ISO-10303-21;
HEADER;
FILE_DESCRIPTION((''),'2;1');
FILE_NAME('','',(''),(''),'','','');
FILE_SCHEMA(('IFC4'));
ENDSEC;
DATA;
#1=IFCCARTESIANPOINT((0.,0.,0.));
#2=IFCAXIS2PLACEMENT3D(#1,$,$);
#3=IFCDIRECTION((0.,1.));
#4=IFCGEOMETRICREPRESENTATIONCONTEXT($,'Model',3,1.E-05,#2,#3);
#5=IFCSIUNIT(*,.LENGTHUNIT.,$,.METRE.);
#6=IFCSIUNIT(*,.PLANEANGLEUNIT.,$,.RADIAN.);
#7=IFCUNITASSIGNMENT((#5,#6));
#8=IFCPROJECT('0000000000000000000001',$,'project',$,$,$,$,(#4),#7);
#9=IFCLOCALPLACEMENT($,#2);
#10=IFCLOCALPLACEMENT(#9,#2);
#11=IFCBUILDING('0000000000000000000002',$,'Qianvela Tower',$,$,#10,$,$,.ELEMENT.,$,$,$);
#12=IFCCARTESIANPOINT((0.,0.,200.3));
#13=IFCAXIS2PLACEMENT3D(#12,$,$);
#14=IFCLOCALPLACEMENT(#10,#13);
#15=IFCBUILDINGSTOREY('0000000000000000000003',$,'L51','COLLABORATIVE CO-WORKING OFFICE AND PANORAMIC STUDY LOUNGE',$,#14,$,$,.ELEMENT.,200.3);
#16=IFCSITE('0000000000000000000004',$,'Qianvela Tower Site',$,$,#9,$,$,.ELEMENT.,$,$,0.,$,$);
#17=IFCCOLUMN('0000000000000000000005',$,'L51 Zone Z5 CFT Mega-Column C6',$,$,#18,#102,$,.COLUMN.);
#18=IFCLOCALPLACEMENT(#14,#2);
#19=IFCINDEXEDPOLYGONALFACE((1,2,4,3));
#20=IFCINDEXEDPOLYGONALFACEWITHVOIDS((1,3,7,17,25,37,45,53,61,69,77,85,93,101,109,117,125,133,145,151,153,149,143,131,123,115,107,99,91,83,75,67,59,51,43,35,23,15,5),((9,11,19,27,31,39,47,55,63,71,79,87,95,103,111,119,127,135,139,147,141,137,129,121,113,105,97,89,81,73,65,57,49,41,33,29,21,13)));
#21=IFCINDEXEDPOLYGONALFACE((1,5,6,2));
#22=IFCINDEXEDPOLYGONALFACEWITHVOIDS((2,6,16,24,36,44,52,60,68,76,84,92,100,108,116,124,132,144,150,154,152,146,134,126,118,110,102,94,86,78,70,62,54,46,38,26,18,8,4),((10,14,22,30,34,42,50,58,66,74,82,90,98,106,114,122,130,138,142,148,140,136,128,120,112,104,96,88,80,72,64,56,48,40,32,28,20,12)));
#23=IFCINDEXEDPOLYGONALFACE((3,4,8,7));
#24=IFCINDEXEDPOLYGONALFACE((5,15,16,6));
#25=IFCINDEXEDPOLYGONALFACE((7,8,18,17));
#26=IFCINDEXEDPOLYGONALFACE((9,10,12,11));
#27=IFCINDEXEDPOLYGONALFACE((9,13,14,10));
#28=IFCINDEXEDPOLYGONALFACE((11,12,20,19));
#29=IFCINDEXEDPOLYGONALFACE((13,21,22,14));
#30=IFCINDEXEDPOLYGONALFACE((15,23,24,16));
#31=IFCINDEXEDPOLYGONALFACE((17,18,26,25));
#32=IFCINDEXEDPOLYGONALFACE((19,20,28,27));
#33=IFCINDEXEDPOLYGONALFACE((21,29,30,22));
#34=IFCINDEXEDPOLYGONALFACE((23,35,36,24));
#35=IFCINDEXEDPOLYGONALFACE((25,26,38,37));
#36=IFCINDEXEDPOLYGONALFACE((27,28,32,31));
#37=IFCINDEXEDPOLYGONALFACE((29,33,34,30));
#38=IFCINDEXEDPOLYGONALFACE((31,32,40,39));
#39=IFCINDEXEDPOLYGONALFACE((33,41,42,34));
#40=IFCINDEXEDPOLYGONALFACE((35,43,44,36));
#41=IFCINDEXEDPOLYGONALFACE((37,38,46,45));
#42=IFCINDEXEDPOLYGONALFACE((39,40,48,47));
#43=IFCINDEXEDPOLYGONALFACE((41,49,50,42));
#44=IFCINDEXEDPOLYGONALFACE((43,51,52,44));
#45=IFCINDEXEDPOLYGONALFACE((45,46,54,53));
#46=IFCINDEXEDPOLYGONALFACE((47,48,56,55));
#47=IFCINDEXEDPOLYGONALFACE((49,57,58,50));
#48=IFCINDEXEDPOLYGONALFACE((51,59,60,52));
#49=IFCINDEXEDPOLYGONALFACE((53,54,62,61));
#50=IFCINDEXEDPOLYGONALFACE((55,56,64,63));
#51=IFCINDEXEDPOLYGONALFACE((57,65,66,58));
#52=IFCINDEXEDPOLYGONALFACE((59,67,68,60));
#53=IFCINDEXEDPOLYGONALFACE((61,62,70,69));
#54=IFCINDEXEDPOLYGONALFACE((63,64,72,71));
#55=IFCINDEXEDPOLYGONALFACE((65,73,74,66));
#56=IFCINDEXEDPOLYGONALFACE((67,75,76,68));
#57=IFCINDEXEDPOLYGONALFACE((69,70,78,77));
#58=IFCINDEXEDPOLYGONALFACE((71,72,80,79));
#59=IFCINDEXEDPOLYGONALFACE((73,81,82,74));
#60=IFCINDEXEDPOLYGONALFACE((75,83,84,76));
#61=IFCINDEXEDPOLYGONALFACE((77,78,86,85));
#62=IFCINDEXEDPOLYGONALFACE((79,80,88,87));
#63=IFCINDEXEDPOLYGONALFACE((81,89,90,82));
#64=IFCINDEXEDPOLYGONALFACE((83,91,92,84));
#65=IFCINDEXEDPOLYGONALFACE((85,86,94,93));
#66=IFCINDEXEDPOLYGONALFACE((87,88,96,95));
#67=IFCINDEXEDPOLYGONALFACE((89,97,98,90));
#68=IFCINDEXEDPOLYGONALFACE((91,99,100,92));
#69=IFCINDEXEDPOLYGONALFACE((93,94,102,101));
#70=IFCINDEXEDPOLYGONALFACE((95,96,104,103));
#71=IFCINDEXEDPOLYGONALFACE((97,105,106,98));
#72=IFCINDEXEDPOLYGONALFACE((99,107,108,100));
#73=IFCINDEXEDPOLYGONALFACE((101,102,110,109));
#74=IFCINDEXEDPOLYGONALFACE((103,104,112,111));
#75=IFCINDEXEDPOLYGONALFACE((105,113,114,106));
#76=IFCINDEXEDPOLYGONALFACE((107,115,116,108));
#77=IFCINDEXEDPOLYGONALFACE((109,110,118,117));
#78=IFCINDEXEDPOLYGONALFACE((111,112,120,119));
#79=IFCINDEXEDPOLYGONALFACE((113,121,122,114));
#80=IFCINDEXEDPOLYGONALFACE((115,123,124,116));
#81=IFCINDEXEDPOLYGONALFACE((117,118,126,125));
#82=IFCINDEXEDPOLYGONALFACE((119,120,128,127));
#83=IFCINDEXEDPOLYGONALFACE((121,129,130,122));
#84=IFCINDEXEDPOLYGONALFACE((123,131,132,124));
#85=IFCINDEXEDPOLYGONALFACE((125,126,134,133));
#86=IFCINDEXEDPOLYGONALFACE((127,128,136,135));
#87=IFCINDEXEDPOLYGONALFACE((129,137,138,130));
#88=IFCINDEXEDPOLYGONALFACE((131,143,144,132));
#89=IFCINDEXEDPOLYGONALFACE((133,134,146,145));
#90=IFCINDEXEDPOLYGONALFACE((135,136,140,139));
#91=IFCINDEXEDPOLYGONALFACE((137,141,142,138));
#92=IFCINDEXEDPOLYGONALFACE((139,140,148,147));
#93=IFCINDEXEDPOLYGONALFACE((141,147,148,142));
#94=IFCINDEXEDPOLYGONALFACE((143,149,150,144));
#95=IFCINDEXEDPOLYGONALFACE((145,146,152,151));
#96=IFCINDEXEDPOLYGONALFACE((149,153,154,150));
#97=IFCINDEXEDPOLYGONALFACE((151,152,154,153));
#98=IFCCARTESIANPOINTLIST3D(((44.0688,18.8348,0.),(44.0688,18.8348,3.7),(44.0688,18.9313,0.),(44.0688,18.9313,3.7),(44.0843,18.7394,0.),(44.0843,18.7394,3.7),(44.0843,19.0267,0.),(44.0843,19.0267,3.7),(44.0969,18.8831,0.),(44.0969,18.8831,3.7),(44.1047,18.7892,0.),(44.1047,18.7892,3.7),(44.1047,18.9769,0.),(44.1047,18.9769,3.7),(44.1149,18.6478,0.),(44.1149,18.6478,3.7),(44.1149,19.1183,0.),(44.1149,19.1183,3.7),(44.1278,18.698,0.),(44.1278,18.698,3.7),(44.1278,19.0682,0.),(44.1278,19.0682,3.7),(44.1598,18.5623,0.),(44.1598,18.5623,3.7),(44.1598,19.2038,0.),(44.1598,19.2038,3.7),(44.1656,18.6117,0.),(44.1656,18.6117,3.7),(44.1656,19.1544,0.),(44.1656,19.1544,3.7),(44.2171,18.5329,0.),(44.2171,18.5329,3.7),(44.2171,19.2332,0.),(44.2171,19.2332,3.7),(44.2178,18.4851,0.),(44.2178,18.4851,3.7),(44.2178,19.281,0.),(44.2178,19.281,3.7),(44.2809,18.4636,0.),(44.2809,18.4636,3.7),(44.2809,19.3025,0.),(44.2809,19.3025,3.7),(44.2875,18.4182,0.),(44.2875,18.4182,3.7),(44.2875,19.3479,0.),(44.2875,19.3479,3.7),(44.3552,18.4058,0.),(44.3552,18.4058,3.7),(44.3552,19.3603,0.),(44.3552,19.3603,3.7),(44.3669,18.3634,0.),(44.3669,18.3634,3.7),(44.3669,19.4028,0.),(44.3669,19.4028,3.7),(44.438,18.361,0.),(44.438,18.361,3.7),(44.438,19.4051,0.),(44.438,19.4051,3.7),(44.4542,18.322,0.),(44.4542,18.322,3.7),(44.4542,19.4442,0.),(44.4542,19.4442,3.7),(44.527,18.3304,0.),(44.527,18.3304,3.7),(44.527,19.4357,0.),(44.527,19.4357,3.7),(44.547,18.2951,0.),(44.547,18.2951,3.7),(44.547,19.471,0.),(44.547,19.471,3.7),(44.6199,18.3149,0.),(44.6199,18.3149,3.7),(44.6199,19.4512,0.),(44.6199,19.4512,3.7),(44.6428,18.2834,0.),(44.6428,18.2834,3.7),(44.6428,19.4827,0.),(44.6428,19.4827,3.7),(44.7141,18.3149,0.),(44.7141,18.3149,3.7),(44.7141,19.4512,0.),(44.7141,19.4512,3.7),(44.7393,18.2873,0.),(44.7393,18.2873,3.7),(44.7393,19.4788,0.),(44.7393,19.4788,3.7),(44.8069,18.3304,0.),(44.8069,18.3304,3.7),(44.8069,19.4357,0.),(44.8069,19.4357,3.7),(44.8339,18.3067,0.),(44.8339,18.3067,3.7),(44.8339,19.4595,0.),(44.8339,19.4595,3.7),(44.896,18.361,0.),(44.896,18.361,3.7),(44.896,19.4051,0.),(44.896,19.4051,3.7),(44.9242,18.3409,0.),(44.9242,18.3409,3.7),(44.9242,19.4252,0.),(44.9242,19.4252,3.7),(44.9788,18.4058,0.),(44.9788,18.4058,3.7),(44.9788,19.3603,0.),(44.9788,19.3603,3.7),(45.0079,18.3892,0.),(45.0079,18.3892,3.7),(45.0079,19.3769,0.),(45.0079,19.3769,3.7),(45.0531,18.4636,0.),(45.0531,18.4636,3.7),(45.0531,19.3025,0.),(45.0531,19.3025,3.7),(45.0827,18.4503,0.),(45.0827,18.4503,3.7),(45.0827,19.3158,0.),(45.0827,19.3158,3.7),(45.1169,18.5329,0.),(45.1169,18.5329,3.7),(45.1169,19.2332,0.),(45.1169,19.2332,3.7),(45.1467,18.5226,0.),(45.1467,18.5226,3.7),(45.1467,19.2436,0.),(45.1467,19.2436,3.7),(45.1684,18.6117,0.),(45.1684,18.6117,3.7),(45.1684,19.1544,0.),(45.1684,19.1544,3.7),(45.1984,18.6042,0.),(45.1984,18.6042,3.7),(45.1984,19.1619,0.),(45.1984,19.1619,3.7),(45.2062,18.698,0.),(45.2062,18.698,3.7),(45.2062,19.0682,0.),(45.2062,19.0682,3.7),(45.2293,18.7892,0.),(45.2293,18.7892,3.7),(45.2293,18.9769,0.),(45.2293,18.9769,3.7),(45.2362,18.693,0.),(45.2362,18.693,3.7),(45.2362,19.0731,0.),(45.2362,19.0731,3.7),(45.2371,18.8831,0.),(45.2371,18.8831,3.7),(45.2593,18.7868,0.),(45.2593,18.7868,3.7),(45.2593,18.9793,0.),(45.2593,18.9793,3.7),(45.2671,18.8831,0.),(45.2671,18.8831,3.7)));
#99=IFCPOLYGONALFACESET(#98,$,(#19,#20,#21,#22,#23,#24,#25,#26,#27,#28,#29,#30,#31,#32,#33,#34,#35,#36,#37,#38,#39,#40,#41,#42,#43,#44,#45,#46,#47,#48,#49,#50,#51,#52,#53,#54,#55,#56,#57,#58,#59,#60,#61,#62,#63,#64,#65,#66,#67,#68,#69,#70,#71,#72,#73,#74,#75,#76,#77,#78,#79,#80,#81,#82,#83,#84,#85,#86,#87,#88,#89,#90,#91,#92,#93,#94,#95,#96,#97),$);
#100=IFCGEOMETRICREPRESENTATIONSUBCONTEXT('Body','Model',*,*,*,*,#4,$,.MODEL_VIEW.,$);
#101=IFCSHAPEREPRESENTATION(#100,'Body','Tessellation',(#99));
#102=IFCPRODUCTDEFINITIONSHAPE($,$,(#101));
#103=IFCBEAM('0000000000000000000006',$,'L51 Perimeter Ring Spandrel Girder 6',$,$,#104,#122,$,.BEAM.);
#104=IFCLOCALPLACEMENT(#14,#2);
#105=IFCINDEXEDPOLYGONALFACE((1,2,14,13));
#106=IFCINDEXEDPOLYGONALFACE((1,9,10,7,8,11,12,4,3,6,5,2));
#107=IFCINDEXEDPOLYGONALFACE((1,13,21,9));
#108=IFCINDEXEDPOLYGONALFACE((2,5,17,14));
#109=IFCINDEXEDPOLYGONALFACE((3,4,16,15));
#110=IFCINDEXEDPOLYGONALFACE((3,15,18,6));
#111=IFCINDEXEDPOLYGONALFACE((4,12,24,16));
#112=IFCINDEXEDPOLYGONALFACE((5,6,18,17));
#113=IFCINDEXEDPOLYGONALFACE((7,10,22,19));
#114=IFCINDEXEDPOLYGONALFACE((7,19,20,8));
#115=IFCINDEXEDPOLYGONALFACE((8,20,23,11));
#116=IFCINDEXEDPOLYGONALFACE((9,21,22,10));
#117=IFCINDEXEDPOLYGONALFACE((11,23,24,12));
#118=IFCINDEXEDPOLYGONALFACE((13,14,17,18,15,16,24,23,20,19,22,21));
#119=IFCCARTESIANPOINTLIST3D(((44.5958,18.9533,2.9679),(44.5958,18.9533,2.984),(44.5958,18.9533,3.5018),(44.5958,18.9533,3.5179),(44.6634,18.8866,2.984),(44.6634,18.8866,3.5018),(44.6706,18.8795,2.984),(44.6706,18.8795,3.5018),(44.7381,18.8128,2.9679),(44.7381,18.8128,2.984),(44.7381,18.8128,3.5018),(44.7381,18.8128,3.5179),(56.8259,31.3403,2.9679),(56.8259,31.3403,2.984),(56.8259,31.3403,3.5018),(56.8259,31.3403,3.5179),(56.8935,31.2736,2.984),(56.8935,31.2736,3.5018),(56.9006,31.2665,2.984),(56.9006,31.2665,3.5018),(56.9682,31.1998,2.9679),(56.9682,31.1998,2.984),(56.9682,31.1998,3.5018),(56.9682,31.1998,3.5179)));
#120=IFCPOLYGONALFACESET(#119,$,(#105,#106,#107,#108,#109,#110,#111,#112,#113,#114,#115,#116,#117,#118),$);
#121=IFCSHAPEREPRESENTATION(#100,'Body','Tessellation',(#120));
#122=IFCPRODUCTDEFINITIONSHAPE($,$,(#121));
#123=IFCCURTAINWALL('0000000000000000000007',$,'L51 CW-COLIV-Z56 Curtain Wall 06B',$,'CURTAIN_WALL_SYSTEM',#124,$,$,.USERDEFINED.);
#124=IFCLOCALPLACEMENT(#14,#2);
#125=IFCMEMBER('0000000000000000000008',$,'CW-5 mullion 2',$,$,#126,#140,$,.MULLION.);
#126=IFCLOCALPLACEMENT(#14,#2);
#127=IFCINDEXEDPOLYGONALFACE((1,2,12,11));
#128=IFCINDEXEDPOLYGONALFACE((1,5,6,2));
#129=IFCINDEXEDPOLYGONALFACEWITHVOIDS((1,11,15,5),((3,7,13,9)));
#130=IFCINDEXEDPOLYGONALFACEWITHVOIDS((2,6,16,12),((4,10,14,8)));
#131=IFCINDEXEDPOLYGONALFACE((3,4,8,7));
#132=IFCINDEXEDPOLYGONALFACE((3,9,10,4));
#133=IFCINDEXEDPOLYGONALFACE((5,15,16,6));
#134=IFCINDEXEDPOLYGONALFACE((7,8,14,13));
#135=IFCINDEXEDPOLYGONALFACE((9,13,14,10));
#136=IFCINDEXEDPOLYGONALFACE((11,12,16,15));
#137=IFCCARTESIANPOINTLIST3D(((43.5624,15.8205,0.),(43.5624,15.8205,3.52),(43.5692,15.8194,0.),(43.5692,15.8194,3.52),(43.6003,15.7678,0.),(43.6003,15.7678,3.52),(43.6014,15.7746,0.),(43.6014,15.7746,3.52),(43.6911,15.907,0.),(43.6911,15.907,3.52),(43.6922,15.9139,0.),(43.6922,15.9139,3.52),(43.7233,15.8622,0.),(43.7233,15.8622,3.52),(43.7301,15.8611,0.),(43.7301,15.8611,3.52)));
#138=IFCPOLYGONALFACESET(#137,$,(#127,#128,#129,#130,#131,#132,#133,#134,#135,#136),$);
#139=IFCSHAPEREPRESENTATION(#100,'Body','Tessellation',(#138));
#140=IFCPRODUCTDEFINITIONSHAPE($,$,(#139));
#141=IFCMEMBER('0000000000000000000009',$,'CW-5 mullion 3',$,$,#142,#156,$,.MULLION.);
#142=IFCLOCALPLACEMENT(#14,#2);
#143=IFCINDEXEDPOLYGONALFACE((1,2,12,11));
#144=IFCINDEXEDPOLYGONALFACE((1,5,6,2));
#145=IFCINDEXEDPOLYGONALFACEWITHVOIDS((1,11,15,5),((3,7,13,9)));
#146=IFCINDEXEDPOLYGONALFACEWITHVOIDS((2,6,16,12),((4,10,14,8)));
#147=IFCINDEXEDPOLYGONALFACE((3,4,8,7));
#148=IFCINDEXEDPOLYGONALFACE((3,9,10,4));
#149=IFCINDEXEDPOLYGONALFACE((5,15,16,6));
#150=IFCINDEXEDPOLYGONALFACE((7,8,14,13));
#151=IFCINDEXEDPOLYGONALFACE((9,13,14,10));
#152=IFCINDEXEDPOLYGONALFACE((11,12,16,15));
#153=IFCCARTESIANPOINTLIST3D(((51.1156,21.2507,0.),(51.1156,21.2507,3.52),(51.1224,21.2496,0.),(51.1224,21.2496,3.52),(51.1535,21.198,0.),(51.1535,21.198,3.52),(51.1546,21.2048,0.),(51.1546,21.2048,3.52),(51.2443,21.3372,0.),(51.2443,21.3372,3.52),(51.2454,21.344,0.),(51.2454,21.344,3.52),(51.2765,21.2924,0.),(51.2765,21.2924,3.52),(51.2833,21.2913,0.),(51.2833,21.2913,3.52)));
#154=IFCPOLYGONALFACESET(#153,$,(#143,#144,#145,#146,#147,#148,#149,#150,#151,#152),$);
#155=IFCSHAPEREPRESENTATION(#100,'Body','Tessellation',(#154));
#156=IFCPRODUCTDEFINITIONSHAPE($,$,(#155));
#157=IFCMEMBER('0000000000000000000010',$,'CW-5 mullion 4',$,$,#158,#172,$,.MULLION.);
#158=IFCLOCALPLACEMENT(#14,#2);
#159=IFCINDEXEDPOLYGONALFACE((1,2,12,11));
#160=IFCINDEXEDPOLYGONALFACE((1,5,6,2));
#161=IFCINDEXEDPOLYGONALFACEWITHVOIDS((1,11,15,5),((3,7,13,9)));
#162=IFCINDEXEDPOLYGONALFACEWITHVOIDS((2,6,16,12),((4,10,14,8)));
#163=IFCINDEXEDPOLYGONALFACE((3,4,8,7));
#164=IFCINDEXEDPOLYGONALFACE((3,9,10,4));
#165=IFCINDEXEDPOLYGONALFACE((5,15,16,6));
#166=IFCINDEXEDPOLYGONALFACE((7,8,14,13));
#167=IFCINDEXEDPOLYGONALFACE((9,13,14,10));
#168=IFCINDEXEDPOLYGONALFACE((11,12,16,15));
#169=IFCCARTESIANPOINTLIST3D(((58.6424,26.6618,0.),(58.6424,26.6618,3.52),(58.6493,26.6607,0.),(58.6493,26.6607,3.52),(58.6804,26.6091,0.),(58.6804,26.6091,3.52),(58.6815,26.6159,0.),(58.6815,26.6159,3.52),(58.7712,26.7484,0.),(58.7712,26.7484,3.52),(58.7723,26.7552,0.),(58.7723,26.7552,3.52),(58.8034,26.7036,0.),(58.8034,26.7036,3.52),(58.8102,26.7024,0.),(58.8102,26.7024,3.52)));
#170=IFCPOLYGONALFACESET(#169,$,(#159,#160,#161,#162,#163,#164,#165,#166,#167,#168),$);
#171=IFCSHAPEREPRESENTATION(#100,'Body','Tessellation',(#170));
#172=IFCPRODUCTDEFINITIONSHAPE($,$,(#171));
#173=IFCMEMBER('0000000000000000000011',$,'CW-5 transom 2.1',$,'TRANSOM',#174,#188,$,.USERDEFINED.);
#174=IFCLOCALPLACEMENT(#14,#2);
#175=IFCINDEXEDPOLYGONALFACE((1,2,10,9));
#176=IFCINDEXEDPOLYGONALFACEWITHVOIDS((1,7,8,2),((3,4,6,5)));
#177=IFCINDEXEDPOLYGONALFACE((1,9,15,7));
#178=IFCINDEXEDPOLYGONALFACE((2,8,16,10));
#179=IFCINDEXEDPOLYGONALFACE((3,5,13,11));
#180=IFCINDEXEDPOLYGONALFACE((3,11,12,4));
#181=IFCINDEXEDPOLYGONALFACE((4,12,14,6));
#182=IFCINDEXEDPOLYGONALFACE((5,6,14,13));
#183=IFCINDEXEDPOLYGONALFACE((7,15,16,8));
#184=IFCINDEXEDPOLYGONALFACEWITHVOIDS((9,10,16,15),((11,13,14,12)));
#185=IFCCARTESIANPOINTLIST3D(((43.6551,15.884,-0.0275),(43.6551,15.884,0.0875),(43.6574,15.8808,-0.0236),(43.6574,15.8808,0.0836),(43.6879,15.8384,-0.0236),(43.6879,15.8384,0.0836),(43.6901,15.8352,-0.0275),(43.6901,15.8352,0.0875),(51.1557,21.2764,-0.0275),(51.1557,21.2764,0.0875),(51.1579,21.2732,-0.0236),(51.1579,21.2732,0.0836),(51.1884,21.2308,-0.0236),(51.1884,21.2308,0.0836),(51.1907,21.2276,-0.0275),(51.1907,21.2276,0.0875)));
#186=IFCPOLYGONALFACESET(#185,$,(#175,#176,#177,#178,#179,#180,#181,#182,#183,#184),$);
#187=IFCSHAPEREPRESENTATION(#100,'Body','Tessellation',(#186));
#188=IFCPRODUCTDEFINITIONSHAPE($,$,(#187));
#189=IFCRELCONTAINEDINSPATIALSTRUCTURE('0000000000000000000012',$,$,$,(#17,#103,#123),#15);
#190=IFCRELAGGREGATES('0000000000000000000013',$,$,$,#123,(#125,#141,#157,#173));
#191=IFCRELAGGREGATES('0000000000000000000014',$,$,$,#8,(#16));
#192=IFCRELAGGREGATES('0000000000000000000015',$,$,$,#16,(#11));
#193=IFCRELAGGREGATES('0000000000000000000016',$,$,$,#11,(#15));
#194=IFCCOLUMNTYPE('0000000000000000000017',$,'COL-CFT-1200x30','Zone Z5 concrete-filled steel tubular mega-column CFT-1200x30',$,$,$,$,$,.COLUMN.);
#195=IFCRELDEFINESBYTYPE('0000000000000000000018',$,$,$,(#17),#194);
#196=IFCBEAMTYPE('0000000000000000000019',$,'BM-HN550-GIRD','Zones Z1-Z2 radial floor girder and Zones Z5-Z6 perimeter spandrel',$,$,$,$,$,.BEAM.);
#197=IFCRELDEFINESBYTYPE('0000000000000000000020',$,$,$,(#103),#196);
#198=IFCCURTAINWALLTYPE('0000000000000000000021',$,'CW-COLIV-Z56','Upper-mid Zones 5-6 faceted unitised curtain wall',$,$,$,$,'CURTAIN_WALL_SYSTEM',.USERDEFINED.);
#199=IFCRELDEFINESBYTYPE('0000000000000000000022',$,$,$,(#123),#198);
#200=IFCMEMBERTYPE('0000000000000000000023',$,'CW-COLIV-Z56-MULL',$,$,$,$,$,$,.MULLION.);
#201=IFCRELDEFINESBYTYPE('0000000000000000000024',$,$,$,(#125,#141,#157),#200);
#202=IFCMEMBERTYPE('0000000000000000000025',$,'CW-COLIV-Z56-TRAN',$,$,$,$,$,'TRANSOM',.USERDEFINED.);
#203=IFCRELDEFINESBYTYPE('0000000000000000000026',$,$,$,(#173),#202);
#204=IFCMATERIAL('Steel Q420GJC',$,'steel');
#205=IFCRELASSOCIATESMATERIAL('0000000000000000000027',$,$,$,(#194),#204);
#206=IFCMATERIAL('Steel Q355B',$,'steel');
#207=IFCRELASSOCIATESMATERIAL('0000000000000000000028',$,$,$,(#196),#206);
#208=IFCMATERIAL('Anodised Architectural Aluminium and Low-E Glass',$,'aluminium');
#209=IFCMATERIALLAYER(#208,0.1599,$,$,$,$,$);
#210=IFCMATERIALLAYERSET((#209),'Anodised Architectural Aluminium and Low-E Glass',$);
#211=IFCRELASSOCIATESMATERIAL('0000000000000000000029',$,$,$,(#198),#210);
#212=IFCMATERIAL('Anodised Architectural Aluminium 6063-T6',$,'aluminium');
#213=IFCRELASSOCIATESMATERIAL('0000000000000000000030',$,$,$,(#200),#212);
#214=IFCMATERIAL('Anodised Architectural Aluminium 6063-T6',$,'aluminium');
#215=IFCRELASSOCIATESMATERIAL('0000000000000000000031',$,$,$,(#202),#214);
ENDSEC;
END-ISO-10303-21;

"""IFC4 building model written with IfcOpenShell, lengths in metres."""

from ifc_helpers import new_model, si_unit, direction, frame, origin, origin_2d, place, context, subcontext, project, spatial, hollow_rectangle, hollow_circle, i_section, extrude, material, layer, layer_set, material_profile, profile_set, type_object, element, aggregate, save


model = new_model("IFC4")

# Units and contexts
model_context = context("Model", 3, precision=1e-05, world=origin(), true_north=direction((0.0, 1.0)))
body_context = subcontext(model_context, "Body", "Model", "MODEL_VIEW")
ifc_project = project(units=[si_unit("LENGTHUNIT", "METRE"), si_unit("PLANEANGLEUNIT", "RADIAN")], contexts=[model_context])

# Site, building, storey
site_placement = place(None, origin())
site = spatial("IfcSite", under=ifc_project, at=site_placement, Name="Qianvela Tower Site", CompositionType="ELEMENT", RefElevation=0.0)
building_placement = place(site_placement, origin())
building = spatial("IfcBuilding", under=site, at=building_placement, Name="Qianvela Tower", CompositionType="ELEMENT")
storey_placement = place(building_placement, frame((0.0, 0.0, 200.3)))
storey = spatial("IfcBuildingStorey", under=building, at=storey_placement, Name="L51", Description="COLLABORATIVE CO-WORKING OFFICE AND PANORAMIC STUDY LOUNGE", CompositionType="ELEMENT", Elevation=200.3)

# Column
ifc_material_1 = material(Name="Steel Q420GJC", Category="steel")
ifc_material_profile_1 = material_profile(ifc_material_1, hollow_circle(Radius=0.6001, WallThickness=0.03, at=origin_2d()), Name="CFT-1200x30")
ifc_profile_set_1 = profile_set([ifc_material_profile_1], Name="Steel Q420GJC")
column_type = type_object("IfcColumnType", Name="COL-CFT-1200x30", Description="Zone Z5 concrete-filled steel tubular mega-column CFT-1200x30", PredefinedType="COLUMN", material=ifc_profile_set_1)
column_placement = place(storey_placement, frame((44.667, 18.8831, 0.0), z_axis=(0.0, 0.0, 1.0), x_axis=(1.0, 0.0, 0.0)))
element("IfcColumn", 1, at=column_placement, inside=storey, type_object=column_type, Name="L51 Zone Z5 CFT Mega-Column C6", PredefinedType="COLUMN", context=body_context, shape_type="SweptSolid", body=[
    extrude(hollow_circle(Radius=0.6001, WallThickness=0.03, at=origin_2d()), origin(), (0.0, 0.0, 1.0), 3.7),
])

# Beam
ifc_material_2 = material(Name="Steel Q355B", Category="steel")
ifc_material_profile_2 = material_profile(ifc_material_2, i_section(OverallWidth=0.2, OverallDepth=0.55, WebThickness=0.01, FlangeThickness=0.0161, at=origin_2d()), Name="HN550x200x10x16")
ifc_profile_set_2 = profile_set([ifc_material_profile_2], Name="Steel Q355B")
beam_type = type_object("IfcBeamType", Name="BM-HN550-GIRD", Description="Zones Z1-Z2 radial floor girder and Zones Z5-Z6 perimeter spandrel", PredefinedType="BEAM", material=ifc_profile_set_2)
beam_placement = place(storey_placement, frame((44.667, 18.8831, 3.2429), z_axis=(0.702583, 0.711602, 0.0), x_axis=(-0.711602, 0.702583, 0.0)))
element("IfcBeam", 2, at=beam_placement, inside=storey, type_object=beam_type, Name="L51 Perimeter Ring Spandrel Girder 6", PredefinedType="BEAM", context=body_context, shape_type="SweptSolid", body=[
    extrude(i_section(OverallWidth=0.2, OverallDepth=0.55, WebThickness=0.01, FlangeThickness=0.0161, at=origin_2d()), origin(), (0.0, 0.0, 1.0), 17.4072),
])

# Curtain wall, members
ifc_material_3 = material(Name="Anodised Architectural Aluminium and Low-E Glass", Category="aluminium")
ifc_layer_1 = layer(ifc_material_3, 0.1599)
ifc_layer_set_1 = layer_set([ifc_layer_1], Name="Anodised Architectural Aluminium and Low-E Glass")
curtain_wall_type = type_object("IfcCurtainWallType", Name="CW-COLIV-Z56", Description="Upper-mid Zones 5-6 faceted unitised curtain wall", ElementType="CURTAIN_WALL_SYSTEM", PredefinedType="USERDEFINED", material=ifc_layer_set_1)
curtain_wall_placement = place(storey_placement, origin())
curtain_wall = element("IfcCurtainWall", 3, at=curtain_wall_placement, inside=storey, type_object=curtain_wall_type, Name="L51 CW-COLIV-Z56 Curtain Wall 06B", ObjectType="CURTAIN_WALL_SYSTEM", PredefinedType="USERDEFINED")
ifc_material_4 = material(Name="Anodised Architectural Aluminium 6063-T6", Category="aluminium")
ifc_material_profile_3 = material_profile(ifc_material_4, hollow_rectangle(XDim=0.0649, YDim=0.1599, WallThickness=0.0049, at=origin_2d()), Name="ALU-MULL-65x160")
ifc_profile_set_3 = profile_set([ifc_material_profile_3], Name="Anodised Architectural Aluminium 6063-T6")
member_type_1 = type_object("IfcMemberType", Name="CW-COLIV-Z56-MULL", PredefinedType="MULLION", material=ifc_profile_set_3)
member_1_placement = place(storey_placement, frame((43.6462, 15.8408, 0.0), z_axis=(0.0, 0.0, 1.0), x_axis=(-0.583724, 0.811952, 0.0)))
member_1 = element("IfcMember", 4, at=member_1_placement, type_object=member_type_1, Name="CW-5 mullion 2", PredefinedType="MULLION", context=body_context, shape_type="SweptSolid", body=[
    extrude(hollow_rectangle(XDim=0.0649, YDim=0.1599, WallThickness=0.0049, at=origin_2d()), origin(), (0.0, 0.0, 1.0), 3.52),
])
member_2_placement = place(storey_placement, frame((51.1995, 21.271, 0.0), z_axis=(0.0, 0.0, 1.0), x_axis=(-0.583724, 0.811952, 0.0)))
member_2 = element("IfcMember", 5, at=member_2_placement, type_object=member_type_1, Name="CW-5 mullion 3", PredefinedType="MULLION", context=body_context, shape_type="SweptSolid", body=[
    extrude(hollow_rectangle(XDim=0.0649, YDim=0.1599, WallThickness=0.0049, at=origin_2d()), origin(), (0.0, 0.0, 1.0), 3.52),
])
member_3_placement = place(storey_placement, frame((58.7263, 26.6821, 0.0), z_axis=(0.0, 0.0, 1.0), x_axis=(-0.583724, 0.811952, 0.0)))
member_3 = element("IfcMember", 6, at=member_3_placement, type_object=member_type_1, Name="CW-5 mullion 4", PredefinedType="MULLION", context=body_context, shape_type="SweptSolid", body=[
    extrude(hollow_rectangle(XDim=0.0649, YDim=0.1599, WallThickness=0.0049, at=origin_2d()), origin(), (0.0, 0.0, 1.0), 3.52),
])
ifc_material_5 = material(Name="Anodised Architectural Aluminium 6063-T6", Category="aluminium")
ifc_material_profile_4 = material_profile(ifc_material_5, hollow_rectangle(XDim=0.0601, YDim=0.115, WallThickness=0.0039, at=origin_2d()), Name="ALU-TRAN-60x115")
ifc_profile_set_4 = profile_set([ifc_material_profile_4], Name="Anodised Architectural Aluminium 6063-T6")
member_type_2 = type_object("IfcMemberType", Name="CW-COLIV-Z56-TRAN", ElementType="TRANSOM", PredefinedType="USERDEFINED", material=ifc_profile_set_4)
member_4_placement = place(storey_placement, frame((43.6726, 15.8596, 0.03), z_axis=(0.811946, 0.583733, 0.0), x_axis=(-0.583733, 0.811946, 0.0)))
member_4 = element("IfcMember", 7, at=member_4_placement, type_object=member_type_2, Name="CW-5 transom 2.1", ObjectType="TRANSOM", PredefinedType="USERDEFINED", context=body_context, shape_type="SweptSolid", body=[
    extrude(hollow_rectangle(XDim=0.0601, YDim=0.115, WallThickness=0.0039, at=origin_2d()), origin(), (0.0, 0.0, 1.0), 9.2378),
])
aggregate(curtain_wall, [member_1, member_2, member_3, member_4])

save(model, "model.ifc")
